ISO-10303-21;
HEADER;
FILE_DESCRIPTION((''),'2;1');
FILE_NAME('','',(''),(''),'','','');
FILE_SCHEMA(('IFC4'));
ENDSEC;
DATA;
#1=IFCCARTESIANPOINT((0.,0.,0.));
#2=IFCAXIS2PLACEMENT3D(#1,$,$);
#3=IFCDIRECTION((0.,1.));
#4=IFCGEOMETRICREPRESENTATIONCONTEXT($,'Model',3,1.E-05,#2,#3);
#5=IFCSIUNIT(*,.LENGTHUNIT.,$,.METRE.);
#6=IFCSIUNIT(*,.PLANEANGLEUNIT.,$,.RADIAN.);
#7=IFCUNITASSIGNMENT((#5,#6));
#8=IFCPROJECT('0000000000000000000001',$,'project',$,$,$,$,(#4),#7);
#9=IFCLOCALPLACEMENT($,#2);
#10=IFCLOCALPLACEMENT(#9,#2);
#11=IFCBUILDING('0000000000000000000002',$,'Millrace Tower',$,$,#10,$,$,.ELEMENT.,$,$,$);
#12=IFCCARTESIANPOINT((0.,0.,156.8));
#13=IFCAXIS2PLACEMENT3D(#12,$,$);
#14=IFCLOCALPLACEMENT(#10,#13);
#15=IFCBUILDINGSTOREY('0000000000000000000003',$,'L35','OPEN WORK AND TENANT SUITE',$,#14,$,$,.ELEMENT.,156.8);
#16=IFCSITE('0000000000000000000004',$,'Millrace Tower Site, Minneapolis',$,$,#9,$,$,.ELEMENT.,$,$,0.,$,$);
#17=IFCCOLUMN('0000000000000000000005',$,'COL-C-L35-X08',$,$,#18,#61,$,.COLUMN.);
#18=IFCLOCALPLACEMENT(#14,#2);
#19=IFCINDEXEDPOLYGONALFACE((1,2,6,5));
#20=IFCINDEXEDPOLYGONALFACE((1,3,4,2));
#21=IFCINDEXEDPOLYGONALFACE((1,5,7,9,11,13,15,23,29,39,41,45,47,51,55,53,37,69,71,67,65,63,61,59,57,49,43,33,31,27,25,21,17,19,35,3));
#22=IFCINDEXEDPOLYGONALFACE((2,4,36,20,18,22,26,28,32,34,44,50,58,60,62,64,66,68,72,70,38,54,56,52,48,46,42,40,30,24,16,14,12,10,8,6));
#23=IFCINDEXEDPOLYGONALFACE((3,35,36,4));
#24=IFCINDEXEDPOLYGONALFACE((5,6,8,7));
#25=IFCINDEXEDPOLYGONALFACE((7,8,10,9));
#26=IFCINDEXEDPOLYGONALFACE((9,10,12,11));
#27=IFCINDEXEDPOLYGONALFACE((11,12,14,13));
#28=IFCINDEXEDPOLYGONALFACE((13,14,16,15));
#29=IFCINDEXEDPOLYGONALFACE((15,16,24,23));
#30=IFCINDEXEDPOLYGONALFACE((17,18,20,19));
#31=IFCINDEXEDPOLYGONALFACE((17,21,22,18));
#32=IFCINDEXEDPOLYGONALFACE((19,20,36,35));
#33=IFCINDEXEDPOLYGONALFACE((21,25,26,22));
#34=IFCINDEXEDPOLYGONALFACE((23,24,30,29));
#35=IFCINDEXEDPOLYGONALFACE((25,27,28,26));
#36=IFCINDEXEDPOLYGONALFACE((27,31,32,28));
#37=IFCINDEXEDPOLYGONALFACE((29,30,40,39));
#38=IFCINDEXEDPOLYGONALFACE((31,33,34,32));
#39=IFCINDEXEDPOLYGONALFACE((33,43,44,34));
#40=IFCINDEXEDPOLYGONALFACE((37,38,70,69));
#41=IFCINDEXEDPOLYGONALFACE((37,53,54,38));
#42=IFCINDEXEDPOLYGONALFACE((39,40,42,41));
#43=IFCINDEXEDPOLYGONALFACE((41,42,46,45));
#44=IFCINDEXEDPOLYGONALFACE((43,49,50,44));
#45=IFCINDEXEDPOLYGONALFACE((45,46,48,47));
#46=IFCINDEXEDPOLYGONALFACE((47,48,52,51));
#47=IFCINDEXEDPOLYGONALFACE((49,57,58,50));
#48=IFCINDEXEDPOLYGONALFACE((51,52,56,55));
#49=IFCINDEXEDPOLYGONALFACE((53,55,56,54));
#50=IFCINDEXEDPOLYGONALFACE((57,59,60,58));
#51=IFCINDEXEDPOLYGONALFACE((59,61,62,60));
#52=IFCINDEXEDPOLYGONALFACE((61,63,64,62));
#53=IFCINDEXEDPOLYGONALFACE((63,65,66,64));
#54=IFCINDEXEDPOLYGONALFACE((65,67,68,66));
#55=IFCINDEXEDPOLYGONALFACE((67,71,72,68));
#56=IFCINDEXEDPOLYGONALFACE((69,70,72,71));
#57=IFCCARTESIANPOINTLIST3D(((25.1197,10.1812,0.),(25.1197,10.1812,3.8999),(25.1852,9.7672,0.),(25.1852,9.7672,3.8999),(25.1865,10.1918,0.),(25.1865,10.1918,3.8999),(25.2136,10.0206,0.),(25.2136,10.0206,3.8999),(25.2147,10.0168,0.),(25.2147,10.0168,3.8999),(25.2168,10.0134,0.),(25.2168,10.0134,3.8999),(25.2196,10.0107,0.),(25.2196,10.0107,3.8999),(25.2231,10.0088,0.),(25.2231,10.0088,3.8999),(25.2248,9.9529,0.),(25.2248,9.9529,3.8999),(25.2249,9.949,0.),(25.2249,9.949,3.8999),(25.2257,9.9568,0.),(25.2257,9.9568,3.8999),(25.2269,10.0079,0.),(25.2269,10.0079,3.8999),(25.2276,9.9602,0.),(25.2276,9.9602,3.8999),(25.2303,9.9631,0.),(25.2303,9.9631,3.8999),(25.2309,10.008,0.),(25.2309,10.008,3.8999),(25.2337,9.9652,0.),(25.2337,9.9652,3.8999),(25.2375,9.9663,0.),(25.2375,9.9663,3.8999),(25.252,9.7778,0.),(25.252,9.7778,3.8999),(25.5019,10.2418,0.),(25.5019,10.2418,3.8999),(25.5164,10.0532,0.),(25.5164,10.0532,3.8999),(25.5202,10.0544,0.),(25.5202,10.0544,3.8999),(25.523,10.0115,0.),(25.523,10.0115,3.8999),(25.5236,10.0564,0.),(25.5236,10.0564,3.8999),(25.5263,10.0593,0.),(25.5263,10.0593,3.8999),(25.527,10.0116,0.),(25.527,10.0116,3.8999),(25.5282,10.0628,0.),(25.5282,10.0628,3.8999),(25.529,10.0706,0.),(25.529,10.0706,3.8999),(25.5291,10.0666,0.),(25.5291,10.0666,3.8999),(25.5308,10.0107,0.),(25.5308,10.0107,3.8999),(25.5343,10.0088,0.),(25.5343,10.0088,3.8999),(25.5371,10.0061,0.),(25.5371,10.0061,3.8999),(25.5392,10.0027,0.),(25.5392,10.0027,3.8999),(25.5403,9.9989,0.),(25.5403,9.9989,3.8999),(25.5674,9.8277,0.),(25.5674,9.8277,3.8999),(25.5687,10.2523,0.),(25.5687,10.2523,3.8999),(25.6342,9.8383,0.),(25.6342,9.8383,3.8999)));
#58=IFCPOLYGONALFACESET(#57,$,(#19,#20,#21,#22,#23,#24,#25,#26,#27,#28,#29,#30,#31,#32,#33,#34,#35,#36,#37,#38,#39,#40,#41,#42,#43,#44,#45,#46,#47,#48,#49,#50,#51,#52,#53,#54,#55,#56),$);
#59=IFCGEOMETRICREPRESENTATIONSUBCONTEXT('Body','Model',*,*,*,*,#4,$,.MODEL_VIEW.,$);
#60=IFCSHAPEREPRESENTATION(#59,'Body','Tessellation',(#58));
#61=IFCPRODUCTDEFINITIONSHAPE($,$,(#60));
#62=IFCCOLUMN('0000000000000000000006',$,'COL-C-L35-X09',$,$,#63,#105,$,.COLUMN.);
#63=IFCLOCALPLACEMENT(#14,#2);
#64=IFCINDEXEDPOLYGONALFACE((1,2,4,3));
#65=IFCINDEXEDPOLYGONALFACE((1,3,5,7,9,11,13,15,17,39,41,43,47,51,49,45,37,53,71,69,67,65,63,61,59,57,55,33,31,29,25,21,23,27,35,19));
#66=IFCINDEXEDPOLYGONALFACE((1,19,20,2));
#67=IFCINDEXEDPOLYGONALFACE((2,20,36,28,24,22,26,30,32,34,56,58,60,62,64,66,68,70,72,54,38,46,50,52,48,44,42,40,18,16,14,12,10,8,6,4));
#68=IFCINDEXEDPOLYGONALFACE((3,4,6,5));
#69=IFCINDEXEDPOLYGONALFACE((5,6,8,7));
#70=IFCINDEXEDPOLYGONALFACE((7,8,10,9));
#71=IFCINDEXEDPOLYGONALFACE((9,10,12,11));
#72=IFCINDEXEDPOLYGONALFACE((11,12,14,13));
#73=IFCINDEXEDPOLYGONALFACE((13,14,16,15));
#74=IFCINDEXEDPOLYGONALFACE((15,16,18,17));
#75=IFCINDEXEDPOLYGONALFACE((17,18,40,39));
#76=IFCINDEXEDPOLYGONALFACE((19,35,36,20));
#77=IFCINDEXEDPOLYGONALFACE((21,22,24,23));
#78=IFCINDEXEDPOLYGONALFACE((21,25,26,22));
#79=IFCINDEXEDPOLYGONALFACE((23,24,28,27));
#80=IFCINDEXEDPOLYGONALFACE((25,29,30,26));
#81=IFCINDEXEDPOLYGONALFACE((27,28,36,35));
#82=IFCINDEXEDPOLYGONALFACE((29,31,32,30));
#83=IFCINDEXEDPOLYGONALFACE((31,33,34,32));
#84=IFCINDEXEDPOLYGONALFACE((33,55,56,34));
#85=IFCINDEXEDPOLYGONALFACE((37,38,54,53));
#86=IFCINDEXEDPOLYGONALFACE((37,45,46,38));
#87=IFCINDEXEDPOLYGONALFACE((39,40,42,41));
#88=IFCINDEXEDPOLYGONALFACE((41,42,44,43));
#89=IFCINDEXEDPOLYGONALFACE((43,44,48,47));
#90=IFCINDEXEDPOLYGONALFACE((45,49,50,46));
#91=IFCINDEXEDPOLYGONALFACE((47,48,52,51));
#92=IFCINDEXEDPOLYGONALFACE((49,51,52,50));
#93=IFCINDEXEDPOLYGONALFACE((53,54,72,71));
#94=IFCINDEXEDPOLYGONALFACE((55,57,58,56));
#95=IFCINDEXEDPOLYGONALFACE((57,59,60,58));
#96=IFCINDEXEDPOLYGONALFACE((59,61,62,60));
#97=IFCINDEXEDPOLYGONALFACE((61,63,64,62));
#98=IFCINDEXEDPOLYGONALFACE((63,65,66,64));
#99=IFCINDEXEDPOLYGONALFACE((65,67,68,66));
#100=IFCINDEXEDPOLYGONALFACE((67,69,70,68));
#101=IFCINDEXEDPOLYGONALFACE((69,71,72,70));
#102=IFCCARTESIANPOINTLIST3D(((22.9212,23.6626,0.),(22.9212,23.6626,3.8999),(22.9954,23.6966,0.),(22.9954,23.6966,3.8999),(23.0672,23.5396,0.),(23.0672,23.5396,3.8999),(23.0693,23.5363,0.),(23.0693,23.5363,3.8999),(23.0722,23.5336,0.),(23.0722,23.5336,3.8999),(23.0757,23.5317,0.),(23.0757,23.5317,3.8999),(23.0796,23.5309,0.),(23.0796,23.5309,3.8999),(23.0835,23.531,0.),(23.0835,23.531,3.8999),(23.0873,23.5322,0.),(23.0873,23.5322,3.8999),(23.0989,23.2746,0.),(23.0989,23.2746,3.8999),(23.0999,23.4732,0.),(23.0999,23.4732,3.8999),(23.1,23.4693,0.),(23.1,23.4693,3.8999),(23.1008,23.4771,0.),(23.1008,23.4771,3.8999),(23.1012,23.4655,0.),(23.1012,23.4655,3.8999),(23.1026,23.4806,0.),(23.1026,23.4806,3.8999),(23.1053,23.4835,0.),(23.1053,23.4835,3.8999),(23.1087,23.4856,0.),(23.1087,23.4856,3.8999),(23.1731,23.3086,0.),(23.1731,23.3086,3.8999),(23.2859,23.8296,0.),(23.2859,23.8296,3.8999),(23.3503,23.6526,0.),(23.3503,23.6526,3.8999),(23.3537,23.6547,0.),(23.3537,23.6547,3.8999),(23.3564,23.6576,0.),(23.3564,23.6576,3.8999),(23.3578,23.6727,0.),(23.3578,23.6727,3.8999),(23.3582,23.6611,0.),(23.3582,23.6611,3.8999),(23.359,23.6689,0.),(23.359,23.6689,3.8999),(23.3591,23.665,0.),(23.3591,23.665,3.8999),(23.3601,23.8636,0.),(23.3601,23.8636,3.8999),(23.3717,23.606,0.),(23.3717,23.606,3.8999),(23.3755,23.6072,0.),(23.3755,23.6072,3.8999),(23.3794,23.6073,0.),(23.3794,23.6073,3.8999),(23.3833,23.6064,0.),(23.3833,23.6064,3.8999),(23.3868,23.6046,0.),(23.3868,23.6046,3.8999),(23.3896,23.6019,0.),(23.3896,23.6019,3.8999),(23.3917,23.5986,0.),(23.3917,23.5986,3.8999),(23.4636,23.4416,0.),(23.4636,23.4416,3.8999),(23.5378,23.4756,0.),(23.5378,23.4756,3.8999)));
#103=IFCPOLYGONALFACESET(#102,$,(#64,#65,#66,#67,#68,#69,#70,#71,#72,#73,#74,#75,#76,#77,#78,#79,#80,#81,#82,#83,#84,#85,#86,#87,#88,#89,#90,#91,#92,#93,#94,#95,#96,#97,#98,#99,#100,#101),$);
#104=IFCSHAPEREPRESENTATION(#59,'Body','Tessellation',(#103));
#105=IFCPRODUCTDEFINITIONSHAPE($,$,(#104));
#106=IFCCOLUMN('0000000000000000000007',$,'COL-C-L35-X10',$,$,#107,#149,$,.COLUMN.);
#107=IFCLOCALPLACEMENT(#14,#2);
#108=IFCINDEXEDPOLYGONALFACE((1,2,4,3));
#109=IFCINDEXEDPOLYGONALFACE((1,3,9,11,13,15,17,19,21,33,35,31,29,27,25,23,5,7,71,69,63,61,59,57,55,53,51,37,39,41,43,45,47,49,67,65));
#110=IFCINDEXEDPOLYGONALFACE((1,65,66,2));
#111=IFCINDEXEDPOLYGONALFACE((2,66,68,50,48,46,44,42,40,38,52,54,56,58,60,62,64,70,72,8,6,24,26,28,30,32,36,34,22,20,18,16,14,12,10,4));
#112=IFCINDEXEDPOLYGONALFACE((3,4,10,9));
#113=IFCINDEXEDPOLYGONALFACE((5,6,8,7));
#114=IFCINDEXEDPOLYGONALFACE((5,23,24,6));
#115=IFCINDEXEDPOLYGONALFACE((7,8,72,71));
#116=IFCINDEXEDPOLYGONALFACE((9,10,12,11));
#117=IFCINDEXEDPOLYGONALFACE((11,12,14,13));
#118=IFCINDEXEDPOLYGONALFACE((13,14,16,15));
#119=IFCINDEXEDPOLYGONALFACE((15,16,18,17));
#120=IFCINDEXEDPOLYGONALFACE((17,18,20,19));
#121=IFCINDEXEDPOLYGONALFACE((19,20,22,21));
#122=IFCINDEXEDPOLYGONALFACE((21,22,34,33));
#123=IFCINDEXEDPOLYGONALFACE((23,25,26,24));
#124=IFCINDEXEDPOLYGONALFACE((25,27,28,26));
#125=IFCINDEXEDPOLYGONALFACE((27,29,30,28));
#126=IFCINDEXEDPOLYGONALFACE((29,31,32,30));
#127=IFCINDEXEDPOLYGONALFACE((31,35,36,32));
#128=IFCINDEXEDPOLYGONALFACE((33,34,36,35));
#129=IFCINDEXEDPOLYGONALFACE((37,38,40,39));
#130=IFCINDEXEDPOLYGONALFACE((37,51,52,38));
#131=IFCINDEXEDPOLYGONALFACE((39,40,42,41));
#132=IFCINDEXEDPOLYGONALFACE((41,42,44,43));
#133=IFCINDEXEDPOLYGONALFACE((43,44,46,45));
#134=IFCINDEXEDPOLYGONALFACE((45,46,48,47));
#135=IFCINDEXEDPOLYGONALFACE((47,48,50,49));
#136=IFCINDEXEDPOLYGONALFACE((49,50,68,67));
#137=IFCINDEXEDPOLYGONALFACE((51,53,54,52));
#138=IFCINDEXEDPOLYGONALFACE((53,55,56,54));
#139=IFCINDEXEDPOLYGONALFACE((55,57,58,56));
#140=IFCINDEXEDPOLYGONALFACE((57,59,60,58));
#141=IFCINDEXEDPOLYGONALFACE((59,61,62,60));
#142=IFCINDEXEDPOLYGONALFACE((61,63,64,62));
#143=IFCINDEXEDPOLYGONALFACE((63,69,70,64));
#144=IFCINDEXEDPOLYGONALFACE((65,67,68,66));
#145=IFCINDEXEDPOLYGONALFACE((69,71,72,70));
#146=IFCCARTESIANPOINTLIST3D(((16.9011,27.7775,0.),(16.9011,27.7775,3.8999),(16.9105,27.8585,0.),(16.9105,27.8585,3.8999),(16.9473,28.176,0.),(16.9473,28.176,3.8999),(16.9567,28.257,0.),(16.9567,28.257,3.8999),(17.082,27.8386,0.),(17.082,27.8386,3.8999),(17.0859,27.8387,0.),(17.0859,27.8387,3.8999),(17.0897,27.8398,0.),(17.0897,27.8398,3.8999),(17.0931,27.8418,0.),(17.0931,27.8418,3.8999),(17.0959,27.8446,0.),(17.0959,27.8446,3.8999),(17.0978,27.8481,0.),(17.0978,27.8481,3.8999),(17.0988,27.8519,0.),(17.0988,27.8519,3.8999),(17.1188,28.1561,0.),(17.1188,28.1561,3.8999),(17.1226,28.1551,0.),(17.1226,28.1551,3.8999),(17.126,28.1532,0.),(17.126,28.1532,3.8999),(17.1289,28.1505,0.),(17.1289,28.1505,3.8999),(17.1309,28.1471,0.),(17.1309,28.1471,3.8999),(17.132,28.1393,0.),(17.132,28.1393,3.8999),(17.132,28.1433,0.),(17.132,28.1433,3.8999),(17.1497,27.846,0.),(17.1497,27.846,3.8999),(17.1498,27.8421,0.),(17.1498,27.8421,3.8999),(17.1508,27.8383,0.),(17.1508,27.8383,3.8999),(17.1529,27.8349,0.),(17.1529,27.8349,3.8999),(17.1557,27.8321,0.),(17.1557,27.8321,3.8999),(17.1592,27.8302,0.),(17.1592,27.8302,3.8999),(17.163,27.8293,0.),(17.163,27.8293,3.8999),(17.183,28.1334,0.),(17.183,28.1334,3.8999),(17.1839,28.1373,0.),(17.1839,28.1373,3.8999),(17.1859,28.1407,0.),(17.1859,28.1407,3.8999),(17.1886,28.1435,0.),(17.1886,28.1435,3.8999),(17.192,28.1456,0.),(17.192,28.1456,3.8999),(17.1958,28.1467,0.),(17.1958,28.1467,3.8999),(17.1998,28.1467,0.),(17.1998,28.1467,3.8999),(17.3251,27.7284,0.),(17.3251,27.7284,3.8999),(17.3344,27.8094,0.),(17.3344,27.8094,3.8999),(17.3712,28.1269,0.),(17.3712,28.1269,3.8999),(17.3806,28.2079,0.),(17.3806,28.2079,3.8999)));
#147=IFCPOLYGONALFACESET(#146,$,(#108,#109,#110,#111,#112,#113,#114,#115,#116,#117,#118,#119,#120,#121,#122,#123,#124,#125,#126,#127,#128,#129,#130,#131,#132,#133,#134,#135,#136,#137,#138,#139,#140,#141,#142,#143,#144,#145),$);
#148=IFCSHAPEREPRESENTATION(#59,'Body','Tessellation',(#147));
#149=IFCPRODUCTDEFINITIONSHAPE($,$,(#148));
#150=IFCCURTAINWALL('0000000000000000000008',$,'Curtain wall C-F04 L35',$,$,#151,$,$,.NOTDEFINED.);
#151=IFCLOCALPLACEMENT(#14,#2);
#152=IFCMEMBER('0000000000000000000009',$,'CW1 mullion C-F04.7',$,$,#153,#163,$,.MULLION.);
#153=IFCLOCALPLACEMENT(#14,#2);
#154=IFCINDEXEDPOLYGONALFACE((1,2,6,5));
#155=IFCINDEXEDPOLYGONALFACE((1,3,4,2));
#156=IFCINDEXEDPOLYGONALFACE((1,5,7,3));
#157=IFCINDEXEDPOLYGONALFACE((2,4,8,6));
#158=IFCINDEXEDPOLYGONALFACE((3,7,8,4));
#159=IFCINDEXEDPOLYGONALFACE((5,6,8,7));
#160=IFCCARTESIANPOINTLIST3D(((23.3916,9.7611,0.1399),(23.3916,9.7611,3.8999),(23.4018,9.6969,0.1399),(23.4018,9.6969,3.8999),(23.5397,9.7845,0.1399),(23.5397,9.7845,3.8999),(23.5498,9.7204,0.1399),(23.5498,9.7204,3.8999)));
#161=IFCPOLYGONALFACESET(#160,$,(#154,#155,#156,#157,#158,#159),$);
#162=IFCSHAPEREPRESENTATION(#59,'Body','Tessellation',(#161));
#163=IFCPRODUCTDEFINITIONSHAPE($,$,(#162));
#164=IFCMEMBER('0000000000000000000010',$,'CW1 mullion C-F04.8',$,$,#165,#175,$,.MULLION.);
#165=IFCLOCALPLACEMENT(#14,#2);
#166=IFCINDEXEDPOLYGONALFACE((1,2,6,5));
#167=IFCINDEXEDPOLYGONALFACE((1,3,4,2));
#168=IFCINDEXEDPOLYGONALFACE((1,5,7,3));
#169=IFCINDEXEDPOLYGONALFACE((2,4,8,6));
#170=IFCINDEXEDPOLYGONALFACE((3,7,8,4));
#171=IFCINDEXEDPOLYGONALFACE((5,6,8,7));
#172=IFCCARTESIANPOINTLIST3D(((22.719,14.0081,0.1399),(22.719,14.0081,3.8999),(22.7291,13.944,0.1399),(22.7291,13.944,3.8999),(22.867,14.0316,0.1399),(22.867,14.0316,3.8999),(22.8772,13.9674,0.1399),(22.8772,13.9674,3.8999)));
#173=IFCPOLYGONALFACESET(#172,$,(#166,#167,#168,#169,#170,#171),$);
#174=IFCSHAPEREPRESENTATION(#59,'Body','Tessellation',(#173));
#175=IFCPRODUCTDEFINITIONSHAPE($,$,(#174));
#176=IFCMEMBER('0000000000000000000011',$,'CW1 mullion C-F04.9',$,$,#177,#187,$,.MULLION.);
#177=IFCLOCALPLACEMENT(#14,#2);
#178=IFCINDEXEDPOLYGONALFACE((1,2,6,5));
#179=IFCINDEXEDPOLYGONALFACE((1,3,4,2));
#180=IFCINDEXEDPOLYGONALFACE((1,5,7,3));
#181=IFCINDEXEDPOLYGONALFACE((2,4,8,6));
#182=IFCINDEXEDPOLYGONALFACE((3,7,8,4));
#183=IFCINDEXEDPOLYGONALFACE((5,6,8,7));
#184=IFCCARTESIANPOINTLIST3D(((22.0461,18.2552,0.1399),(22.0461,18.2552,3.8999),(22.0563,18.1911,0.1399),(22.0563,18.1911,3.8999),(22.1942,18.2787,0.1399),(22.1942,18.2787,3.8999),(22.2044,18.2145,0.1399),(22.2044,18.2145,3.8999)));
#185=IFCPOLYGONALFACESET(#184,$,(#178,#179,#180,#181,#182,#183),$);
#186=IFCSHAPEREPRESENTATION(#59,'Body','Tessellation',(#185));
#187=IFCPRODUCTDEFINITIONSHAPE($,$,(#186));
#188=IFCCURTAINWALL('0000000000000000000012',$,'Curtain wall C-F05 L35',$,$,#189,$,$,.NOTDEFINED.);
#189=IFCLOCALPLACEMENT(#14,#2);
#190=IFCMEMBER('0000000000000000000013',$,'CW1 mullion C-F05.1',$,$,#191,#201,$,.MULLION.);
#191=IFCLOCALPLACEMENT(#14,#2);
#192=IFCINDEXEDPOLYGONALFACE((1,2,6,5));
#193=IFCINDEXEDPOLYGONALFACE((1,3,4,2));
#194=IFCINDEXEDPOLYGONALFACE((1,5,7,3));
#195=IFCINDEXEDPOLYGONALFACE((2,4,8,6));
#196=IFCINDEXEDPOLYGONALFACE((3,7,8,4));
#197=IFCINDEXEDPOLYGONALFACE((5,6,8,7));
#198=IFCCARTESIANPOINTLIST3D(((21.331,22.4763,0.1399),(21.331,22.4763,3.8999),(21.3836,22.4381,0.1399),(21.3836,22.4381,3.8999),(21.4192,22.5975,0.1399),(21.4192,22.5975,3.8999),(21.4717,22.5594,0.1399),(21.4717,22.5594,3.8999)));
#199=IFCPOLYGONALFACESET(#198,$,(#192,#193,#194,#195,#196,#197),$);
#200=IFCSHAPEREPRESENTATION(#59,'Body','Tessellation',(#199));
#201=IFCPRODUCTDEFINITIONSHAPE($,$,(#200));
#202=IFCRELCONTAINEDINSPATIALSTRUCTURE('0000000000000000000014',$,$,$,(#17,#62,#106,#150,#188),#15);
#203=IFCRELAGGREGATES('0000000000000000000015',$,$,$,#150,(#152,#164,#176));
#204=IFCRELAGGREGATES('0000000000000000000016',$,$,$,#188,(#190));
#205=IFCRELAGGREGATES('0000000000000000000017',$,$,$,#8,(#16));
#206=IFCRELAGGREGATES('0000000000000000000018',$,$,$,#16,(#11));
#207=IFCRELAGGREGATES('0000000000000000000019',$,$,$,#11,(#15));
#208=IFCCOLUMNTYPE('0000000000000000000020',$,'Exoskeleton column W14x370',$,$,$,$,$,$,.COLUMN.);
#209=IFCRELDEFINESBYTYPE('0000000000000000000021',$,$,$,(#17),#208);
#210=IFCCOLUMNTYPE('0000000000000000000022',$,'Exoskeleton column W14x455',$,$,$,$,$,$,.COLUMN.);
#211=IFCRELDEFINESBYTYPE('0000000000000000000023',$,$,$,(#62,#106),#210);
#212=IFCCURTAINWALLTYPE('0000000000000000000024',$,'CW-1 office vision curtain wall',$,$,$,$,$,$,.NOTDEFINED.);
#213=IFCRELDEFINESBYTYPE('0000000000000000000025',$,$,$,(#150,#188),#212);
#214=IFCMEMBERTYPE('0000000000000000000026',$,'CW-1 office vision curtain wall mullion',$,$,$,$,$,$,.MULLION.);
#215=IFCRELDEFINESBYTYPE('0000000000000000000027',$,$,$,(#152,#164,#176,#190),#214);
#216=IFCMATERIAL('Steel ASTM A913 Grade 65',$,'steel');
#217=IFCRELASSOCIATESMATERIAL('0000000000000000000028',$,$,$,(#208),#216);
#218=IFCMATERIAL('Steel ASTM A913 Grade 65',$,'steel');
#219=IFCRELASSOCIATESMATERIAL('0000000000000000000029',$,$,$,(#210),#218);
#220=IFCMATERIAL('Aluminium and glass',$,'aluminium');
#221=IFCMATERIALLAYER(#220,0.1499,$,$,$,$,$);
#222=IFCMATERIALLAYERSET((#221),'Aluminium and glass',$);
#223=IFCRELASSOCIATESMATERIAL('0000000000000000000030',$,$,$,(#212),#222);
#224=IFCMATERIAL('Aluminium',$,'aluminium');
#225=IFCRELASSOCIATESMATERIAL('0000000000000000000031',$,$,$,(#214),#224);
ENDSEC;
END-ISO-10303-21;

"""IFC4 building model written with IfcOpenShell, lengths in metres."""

from ifc_helpers import new_model, si_unit, direction, frame, origin, origin_2d, place, context, subcontext, project, spatial, rectangle, i_section, extrude, material, layer, layer_set, material_profile, profile_set, type_object, element, aggregate, save


model = new_model("IFC4")

# Units and contexts
model_context = context("Model", 3, precision=1e-05, world=origin(), true_north=direction((0.0, 1.0)))
body_context = subcontext(model_context, "Body", "Model", "MODEL_VIEW")
ifc_project = project(units=[si_unit("LENGTHUNIT", "METRE"), si_unit("PLANEANGLEUNIT", "RADIAN")], contexts=[model_context])

# Site, building, storey
site_placement = place(None, origin())
site = spatial("IfcSite", under=ifc_project, at=site_placement, Name="Millrace Tower Site, Minneapolis", CompositionType="ELEMENT", RefElevation=0.0)
building_placement = place(site_placement, origin())
building = spatial("IfcBuilding", under=site, at=building_placement, Name="Millrace Tower", CompositionType="ELEMENT")
storey_placement = place(building_placement, frame((0.0, 0.0, 156.8)))
storey = spatial("IfcBuildingStorey", under=building, at=storey_placement, Name="L35", Description="OPEN WORK AND TENANT SUITE", CompositionType="ELEMENT", Elevation=156.8)

# Columns
ifc_material_1 = material(Name="Steel ASTM A913 Grade 65", Category="steel")
ifc_material_profile_1 = material_profile(ifc_material_1, i_section(OverallWidth=0.4192, OverallDepth=0.4546, WebThickness=0.0422, FlangeThickness=0.0676, FilletRadius=0.0151, at=origin_2d()))
ifc_profile_set_1 = profile_set([ifc_material_profile_1], Name="Steel ASTM A913 Grade 65")
column_type_1 = type_object("IfcColumnType", Name="Exoskeleton column W14x370", PredefinedType="COLUMN", material=ifc_profile_set_1)
column_placement = place(storey_placement, frame((25.377, 10.0098, 0.0), z_axis=(0.0, 0.0, 1.0), x_axis=(-0.156434, 0.987688, 0.0)))
element("IfcColumn", 1, at=column_placement, inside=storey, type_object=column_type_1, Name="COL-C-L35-X08", PredefinedType="COLUMN", context=body_context, shape_type="SweptSolid", body=[
    extrude(i_section(OverallWidth=0.4192, OverallDepth=0.4546, WebThickness=0.0422, FlangeThickness=0.0676, FilletRadius=0.0151, at=origin_2d()), origin(), (0.0, 0.0, 1.0), 3.8999),
])
ifc_material_2 = material(Name="Steel ASTM A913 Grade 65", Category="steel")
ifc_material_profile_2 = material_profile(ifc_material_2, i_section(OverallWidth=0.4268, OverallDepth=0.4827, WebThickness=0.0513, FlangeThickness=0.0815, FilletRadius=0.0151, at=origin_2d()))
ifc_profile_set_2 = profile_set([ifc_material_profile_2], Name="Steel ASTM A913 Grade 65")
column_type_2 = type_object("IfcColumnType", Name="Exoskeleton column W14x455", PredefinedType="COLUMN", material=ifc_profile_set_2)
for number, where, z_axis, x_axis, name in (
    (2, (23.2295, 23.5691, 0.0), (0.0, 0.0, 1.0), (-0.416401, 0.909181, 0.0), "COL-C-L35-X09"),
    (3, (17.1409, 27.9927, 0.0), (0.0, 0.0, 1.0), (-0.993358, 0.115069, 0.0), "COL-C-L35-X10"),
):
    element("IfcColumn", number, at=place(storey_placement, frame(where, z_axis=z_axis, x_axis=x_axis)), inside=storey, type_object=column_type_2, Name=name, PredefinedType="COLUMN", context=body_context, shape_type="SweptSolid", body=[
        extrude(i_section(OverallWidth=0.4268, OverallDepth=0.4827, WebThickness=0.0513, FlangeThickness=0.0815, FilletRadius=0.0151, at=origin_2d()), origin(), (0.0, 0.0, 1.0), 3.8999),
    ])

# Curtain wall, members
ifc_material_3 = material(Name="Aluminium and glass", Category="aluminium")
ifc_layer_1 = layer(ifc_material_3, 0.1499)
ifc_layer_set_1 = layer_set([ifc_layer_1], Name="Aluminium and glass")
curtain_wall_type = type_object("IfcCurtainWallType", Name="CW-1 office vision curtain wall", PredefinedType="NOTDEFINED", material=ifc_layer_set_1)
placement = place(storey_placement, origin())
curtain_wall_1 = element("IfcCurtainWall", 4, at=placement, inside=storey, type_object=curtain_wall_type, Name="Curtain wall C-F04 L35", PredefinedType="NOTDEFINED")
ifc_material_4 = material(Name="Aluminium", Category="aluminium")
ifc_material_profile_3 = material_profile(ifc_material_4, rectangle(XDim=0.0649, YDim=0.1499, at=origin_2d()))
ifc_profile_set_3 = profile_set([ifc_material_profile_3], Name="Aluminium")
member_type_1 = type_object("IfcMemberType", Name="CW-1 office vision curtain wall mullion", PredefinedType="MULLION", material=ifc_profile_set_3)
member_1_placement = place(storey_placement, frame((23.4707, 9.7407, 0.1399), z_axis=(0.0, 0.0, 1.0), x_axis=(-0.156434, 0.987688, 0.0)))
member_1 = element("IfcMember", 5, at=member_1_placement, type_object=member_type_1, Name="CW1 mullion C-F04.7", PredefinedType="MULLION", context=body_context, shape_type="SweptSolid", body=[
    extrude(rectangle(XDim=0.0649, YDim=0.1499, at=origin_2d()), origin(), (0.0, 0.0, 1.0), 3.76),
])
member_2_placement = place(storey_placement, frame((22.7981, 13.9878, 0.1399), z_axis=(0.0, 0.0, 1.0), x_axis=(-0.156434, 0.987688, 0.0)))
member_2 = element("IfcMember", 6, at=member_2_placement, type_object=member_type_1, Name="CW1 mullion C-F04.8", PredefinedType="MULLION", context=body_context, shape_type="SweptSolid", body=[
    extrude(rectangle(XDim=0.0649, YDim=0.1499, at=origin_2d()), origin(), (0.0, 0.0, 1.0), 3.76),
])
member_3_placement = place(storey_placement, frame((22.1252, 18.2349, 0.1399), z_axis=(0.0, 0.0, 1.0), x_axis=(-0.156434, 0.987688, 0.0)))
member_3 = element("IfcMember", 7, at=member_3_placement, type_object=member_type_1, Name="CW1 mullion C-F04.9", PredefinedType="MULLION", context=body_context, shape_type="SweptSolid", body=[
    extrude(rectangle(XDim=0.0649, YDim=0.1499, at=origin_2d()), origin(), (0.0, 0.0, 1.0), 3.76),
])
aggregate(curtain_wall_1, [member_1, member_2, member_3])

# Curtain wall, member
curtain_wall_2 = element("IfcCurtainWall", 8, at=placement, inside=storey, type_object=curtain_wall_type, Name="Curtain wall C-F05 L35", PredefinedType="NOTDEFINED")
member_4_placement = place(storey_placement, frame((21.4014, 22.5178, 0.1399), z_axis=(0.0, 0.0, 1.0), x_axis=(-0.809017, 0.587785, 0.0)))
member_4 = element("IfcMember", 9, at=member_4_placement, type_object=member_type_1, Name="CW1 mullion C-F05.1", PredefinedType="MULLION", context=body_context, shape_type="SweptSolid", body=[
    extrude(rectangle(XDim=0.0649, YDim=0.1499, at=origin_2d()), origin(), (0.0, 0.0, 1.0), 3.76),
])

aggregate(curtain_wall_2, [member_4])

save(model, "model.ifc")
